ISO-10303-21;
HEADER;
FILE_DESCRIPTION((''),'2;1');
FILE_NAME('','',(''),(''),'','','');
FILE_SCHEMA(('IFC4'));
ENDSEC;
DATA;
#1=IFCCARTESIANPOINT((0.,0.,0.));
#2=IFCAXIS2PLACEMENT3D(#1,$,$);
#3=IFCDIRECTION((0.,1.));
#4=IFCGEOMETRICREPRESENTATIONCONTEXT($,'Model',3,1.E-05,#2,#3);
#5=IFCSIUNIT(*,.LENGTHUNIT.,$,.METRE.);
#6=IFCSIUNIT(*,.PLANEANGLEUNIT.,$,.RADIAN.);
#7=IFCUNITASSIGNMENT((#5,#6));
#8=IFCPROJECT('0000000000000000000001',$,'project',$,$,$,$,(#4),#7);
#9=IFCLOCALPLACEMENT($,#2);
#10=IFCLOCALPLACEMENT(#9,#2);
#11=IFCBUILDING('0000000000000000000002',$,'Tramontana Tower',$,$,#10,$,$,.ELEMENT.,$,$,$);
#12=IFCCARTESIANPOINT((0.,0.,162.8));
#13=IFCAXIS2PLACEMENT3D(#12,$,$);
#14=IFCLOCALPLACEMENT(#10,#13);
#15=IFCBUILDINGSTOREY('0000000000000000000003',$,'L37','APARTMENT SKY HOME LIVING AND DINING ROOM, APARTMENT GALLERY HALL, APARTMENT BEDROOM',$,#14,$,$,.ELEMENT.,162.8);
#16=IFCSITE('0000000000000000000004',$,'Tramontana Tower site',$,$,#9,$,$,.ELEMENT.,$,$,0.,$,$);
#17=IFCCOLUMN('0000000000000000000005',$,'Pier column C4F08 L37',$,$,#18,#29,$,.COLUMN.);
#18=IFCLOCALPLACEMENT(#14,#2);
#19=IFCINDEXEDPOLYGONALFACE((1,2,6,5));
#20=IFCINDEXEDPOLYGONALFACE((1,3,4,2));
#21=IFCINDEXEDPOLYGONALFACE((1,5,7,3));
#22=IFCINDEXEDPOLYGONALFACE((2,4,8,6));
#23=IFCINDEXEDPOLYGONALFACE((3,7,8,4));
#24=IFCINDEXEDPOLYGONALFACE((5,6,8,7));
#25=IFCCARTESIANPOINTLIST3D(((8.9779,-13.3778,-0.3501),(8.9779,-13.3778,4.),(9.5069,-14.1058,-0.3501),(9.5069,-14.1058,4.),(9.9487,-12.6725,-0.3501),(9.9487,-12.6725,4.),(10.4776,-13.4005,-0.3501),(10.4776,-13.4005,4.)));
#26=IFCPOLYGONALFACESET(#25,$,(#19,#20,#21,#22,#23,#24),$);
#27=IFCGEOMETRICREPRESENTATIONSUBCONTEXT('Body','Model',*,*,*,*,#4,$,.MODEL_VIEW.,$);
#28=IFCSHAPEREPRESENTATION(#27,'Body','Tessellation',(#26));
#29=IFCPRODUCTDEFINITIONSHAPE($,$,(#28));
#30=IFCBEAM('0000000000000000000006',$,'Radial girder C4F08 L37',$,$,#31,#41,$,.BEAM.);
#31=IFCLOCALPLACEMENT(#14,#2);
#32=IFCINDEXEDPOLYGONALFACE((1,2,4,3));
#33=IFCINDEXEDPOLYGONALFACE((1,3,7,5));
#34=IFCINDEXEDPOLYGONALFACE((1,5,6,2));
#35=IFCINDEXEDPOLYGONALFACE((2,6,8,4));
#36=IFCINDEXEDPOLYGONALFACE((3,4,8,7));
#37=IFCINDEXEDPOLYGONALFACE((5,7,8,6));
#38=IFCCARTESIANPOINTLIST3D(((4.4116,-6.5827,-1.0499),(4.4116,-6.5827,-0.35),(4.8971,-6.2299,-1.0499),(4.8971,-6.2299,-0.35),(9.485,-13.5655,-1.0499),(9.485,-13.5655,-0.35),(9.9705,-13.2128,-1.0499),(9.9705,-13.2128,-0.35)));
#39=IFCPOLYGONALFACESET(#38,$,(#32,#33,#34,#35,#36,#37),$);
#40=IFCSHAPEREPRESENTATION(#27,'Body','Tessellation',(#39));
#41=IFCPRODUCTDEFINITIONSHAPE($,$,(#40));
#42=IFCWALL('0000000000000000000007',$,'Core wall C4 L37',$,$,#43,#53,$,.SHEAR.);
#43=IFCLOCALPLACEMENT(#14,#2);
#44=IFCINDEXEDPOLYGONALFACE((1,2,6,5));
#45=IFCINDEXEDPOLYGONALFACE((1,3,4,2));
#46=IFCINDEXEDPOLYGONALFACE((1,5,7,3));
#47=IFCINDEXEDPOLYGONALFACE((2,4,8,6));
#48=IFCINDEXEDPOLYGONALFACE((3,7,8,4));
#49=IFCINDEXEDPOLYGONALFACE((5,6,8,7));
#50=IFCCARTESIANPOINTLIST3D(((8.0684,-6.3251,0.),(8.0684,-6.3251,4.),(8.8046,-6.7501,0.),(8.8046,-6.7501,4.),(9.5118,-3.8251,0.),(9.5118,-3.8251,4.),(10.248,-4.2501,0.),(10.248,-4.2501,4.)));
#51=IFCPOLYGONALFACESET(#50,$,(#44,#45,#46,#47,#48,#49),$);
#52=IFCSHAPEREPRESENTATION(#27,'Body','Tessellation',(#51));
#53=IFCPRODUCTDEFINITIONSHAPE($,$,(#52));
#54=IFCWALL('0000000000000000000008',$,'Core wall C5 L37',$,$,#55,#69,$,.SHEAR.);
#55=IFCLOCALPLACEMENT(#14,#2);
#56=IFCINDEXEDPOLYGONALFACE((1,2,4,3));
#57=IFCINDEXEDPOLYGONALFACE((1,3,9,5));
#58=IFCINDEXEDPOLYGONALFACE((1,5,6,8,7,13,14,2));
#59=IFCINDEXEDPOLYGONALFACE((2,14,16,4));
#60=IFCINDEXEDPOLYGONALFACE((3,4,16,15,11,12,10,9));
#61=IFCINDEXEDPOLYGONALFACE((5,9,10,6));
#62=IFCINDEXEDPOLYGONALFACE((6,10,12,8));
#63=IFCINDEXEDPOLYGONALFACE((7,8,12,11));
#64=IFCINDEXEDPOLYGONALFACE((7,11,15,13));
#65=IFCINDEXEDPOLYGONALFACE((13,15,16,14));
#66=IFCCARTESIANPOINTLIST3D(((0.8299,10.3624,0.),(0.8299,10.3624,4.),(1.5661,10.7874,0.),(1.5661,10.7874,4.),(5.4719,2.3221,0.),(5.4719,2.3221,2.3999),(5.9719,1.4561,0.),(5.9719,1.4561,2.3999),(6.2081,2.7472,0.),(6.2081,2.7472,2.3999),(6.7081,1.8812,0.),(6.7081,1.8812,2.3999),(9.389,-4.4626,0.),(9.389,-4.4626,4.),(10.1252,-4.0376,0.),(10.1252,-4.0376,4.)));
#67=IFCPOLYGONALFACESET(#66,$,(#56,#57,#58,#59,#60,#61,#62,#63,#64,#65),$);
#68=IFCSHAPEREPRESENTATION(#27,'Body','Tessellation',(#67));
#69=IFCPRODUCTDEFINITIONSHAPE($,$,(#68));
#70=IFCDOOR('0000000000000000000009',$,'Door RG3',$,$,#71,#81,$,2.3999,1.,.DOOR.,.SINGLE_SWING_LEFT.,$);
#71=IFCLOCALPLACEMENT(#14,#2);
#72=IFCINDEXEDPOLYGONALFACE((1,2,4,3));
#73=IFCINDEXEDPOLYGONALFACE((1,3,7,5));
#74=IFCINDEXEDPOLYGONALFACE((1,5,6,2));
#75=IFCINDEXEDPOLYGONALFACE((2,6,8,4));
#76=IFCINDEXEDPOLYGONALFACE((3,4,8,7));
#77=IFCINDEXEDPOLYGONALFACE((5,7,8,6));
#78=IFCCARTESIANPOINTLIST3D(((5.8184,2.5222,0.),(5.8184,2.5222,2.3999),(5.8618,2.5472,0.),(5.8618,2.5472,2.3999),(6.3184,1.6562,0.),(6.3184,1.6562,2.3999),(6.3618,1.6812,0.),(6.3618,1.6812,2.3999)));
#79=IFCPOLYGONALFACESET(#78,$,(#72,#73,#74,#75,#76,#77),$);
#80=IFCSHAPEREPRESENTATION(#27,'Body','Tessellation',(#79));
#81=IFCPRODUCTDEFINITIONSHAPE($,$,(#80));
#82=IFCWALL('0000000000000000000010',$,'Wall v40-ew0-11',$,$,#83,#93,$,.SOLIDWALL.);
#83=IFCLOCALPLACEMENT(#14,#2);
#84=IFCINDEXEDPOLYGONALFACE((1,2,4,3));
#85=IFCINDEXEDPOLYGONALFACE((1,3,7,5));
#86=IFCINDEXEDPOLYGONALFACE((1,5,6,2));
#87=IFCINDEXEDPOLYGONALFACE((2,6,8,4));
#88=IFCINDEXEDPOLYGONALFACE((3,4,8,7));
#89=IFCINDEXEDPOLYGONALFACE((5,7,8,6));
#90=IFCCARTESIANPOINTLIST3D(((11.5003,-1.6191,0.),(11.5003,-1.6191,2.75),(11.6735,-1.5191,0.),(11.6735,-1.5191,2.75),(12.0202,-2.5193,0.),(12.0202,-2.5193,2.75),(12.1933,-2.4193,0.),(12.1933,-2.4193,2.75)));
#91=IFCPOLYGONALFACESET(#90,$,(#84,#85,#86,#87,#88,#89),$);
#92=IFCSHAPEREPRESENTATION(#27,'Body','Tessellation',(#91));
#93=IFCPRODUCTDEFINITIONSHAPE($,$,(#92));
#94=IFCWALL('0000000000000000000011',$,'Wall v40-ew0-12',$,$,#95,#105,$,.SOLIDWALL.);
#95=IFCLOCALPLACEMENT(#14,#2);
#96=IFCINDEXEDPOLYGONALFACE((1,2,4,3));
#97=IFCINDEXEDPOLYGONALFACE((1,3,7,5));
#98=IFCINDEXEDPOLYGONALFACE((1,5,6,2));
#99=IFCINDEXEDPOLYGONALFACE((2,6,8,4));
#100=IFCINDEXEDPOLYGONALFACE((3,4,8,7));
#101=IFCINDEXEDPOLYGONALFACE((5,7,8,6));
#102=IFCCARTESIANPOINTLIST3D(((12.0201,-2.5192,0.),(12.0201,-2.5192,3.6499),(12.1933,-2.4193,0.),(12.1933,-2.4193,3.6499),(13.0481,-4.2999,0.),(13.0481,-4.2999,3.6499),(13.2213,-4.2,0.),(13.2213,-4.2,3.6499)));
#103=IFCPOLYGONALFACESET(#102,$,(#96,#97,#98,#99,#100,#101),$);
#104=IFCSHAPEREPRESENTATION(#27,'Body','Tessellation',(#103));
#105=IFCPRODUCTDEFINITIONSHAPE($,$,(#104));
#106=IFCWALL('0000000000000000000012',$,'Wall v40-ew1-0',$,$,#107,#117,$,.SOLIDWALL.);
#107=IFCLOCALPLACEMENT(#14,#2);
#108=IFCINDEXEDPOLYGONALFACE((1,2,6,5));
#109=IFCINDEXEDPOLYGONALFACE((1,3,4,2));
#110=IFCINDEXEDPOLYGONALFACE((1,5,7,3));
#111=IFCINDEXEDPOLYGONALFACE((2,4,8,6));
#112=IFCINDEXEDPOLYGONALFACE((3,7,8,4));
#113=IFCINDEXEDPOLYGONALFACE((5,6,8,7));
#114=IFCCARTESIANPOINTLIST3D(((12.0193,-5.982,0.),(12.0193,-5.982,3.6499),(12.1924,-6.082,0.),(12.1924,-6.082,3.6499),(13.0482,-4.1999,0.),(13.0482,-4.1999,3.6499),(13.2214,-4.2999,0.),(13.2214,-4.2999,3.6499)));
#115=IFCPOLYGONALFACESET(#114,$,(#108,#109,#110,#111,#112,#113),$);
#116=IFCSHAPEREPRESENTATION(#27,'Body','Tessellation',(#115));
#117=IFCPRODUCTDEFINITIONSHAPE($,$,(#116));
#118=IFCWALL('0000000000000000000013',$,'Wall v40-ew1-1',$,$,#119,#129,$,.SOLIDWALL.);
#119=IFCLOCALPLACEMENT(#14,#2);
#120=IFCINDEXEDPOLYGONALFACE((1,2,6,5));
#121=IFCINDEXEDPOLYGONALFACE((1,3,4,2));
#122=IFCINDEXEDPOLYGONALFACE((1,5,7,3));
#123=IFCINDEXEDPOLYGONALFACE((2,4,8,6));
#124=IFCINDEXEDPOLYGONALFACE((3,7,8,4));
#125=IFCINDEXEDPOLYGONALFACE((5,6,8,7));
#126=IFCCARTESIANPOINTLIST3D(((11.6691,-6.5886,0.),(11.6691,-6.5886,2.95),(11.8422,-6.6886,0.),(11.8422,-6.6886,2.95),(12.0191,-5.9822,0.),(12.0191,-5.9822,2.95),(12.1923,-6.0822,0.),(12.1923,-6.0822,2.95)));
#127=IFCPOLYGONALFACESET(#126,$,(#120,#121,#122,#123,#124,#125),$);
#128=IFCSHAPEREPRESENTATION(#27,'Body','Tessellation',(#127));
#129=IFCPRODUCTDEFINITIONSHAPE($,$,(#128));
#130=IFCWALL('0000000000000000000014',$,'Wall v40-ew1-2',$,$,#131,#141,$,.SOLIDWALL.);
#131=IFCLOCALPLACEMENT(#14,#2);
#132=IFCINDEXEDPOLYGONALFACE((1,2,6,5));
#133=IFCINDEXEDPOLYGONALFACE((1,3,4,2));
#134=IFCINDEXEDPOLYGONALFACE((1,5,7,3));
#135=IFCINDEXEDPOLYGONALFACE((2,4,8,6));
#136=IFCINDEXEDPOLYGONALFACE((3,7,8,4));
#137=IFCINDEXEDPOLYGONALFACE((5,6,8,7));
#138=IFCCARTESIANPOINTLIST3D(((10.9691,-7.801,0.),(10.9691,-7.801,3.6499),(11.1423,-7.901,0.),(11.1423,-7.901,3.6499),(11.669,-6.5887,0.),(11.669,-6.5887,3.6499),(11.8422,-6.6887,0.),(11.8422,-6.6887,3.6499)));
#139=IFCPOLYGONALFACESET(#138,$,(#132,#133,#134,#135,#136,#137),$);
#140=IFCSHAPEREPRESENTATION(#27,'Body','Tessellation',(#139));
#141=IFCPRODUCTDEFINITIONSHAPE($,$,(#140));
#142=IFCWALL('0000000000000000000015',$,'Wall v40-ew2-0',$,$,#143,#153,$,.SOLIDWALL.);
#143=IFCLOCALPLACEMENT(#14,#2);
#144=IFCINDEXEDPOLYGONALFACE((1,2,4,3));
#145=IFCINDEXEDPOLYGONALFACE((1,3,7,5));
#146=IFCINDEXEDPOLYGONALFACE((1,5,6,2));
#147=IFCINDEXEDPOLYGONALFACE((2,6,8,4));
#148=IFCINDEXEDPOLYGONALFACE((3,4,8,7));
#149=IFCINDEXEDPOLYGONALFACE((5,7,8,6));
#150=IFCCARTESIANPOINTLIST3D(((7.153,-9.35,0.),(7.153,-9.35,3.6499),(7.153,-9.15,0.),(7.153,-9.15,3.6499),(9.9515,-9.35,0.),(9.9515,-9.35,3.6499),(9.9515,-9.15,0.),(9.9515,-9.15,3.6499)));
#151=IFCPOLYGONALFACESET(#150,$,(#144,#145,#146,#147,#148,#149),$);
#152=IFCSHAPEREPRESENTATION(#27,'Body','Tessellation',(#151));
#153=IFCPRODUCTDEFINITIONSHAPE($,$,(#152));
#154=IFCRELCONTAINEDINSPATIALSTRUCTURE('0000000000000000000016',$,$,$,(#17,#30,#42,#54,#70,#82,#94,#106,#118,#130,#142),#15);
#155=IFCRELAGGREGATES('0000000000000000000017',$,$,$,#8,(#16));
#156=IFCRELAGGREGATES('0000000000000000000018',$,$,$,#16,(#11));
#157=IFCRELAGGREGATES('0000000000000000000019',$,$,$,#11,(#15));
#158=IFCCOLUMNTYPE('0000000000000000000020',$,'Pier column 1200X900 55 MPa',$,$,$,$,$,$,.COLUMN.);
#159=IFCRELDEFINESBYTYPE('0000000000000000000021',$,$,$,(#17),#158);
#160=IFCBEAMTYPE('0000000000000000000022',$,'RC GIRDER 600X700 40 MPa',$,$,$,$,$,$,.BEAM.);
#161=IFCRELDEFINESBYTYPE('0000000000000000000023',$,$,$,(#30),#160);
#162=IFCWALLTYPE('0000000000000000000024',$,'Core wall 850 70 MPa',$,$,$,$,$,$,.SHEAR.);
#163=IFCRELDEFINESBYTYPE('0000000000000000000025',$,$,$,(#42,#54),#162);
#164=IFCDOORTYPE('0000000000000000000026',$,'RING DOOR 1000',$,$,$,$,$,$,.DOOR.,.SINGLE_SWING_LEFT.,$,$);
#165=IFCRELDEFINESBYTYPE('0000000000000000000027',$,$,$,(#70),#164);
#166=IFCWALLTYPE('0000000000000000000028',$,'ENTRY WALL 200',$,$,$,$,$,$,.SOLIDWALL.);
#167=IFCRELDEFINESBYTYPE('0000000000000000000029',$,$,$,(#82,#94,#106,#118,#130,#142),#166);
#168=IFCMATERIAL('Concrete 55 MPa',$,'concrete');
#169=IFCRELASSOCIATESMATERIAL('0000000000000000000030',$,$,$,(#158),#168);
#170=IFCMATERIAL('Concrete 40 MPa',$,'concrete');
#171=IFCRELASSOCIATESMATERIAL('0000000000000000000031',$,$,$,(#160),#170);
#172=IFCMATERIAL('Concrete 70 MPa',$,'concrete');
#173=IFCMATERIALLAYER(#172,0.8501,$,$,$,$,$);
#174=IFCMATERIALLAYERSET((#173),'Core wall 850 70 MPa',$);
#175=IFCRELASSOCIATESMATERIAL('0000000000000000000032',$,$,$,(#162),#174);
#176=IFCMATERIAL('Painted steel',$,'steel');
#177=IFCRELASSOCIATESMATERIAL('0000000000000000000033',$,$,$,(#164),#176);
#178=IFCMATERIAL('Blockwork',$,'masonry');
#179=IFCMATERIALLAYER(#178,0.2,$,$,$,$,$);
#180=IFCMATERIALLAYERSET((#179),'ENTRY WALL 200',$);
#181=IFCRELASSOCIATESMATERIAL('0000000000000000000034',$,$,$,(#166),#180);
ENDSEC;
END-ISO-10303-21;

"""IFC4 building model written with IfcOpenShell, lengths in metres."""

from ifc_helpers import new_model, si_unit, direction, frame, frame_2d, origin, origin_2d, place, context, subcontext, project, spatial, rectangle, extrude, material, layer, layer_set, material_profile, profile_set, type_object, element, fill, save


model = new_model("IFC4")

# Units and contexts
model_context = context("Model", 3, precision=1e-05, world=origin(), true_north=direction((0.0, 1.0)))
body_context = subcontext(model_context, "Body", "Model", "MODEL_VIEW")
ifc_project = project(units=[si_unit("LENGTHUNIT", "METRE"), si_unit("PLANEANGLEUNIT", "RADIAN")], contexts=[model_context])

# Site, building, storey
site_placement = place(None, origin())
site = spatial("IfcSite", under=ifc_project, at=site_placement, Name="Tramontana Tower site", CompositionType="ELEMENT", RefElevation=0.0)
building_placement = place(site_placement, origin())
building = spatial("IfcBuilding", under=site, at=building_placement, Name="Tramontana Tower", CompositionType="ELEMENT")
storey_placement = place(building_placement, frame((0.0, 0.0, 162.8)))
storey = spatial("IfcBuildingStorey", under=building, at=storey_placement, Name="L37", Description="APARTMENT SKY HOME LIVING AND DINING ROOM, APARTMENT GALLERY HALL, APARTMENT BEDROOM", CompositionType="ELEMENT", Elevation=162.8)

# Column
ifc_material_1 = material(Name="Concrete 55 MPa", Category="concrete")
ifc_material_profile_1 = material_profile(ifc_material_1, rectangle(XDim=1.2, YDim=0.8999, at=origin_2d()), Name="Pier column 1200X900 55 MPa")
ifc_profile_set_1 = profile_set([ifc_material_profile_1], Name="Concrete 55 MPa")
column_type = type_object("IfcColumnType", Name="Pier column 1200X900 55 MPa", PredefinedType="COLUMN", material=ifc_profile_set_1)
column_placement = place(storey_placement, frame((9.7278, -13.3892, -0.3501), z_axis=(0.0, 0.0, 1.0), x_axis=(0.809017, 0.587785, 0.0)))
element("IfcColumn", 1, at=column_placement, inside=storey, type_object=column_type, Name="Pier column C4F08 L37", PredefinedType="COLUMN", context=body_context, shape_type="SweptSolid", body=[
    extrude(rectangle(XDim=1.2, YDim=0.8999, at=origin_2d()), origin(), (0.0, 0.0, 1.0), 4.3501),
])

# Beam
ifc_material_2 = material(Name="Concrete 40 MPa", Category="concrete")
ifc_material_profile_2 = material_profile(ifc_material_2, rectangle(XDim=0.6001, YDim=0.7, at=origin_2d()), Name="RC GIRDER 600X700 40 MPa")
ifc_profile_set_2 = profile_set([ifc_material_profile_2], Name="Concrete 40 MPa")
beam_type = type_object("IfcBeamType", Name="RC GIRDER 600X700 40 MPa", PredefinedType="BEAM", material=ifc_profile_set_2)
beam_placement = place(storey_placement, frame((9.7278, -13.3892, -0.7), z_axis=(-0.587793, 0.809011, 0.0), x_axis=(-0.809011, -0.587793, 0.0)))
element("IfcBeam", 2, at=beam_placement, inside=storey, type_object=beam_type, Name="Radial girder C4F08 L37", PredefinedType="BEAM", context=body_context, shape_type="SweptSolid", body=[
    extrude(rectangle(XDim=0.6001, YDim=0.7, at=origin_2d()), origin(), (0.0, 0.0, 1.0), 8.6313),
])

# Wall
ifc_material_3 = material(Name="Concrete 70 MPa", Category="concrete")
ifc_layer_1 = layer(ifc_material_3, 0.8501)
ifc_layer_set_1 = layer_set([ifc_layer_1], Name="Core wall 850 70 MPa")
wall_type_1 = type_object("IfcWallType", Name="Core wall 850 70 MPa", PredefinedType="SHEAR", material=ifc_layer_set_1)
wall_1_placement = place(storey_placement, frame((8.4365, -6.5376, 0.0), z_axis=(0.0, 0.0, 1.0), x_axis=(0.499996, 0.866028, 0.0)))
element("IfcWall", 3, at=wall_1_placement, inside=storey, type_object=wall_type_1, Name="Core wall C4 L37", PredefinedType="SHEAR", context=body_context, shape_type="SweptSolid", body=[
    extrude(rectangle(XDim=2.8867, YDim=0.8501, at=frame_2d((1.4434, 0.0))), origin(), (0.0, 0.0, 1.0), 4.0),
])

# Wall, opening, door
wall_2_placement = place(storey_placement, frame((9.7571, -4.25, 0.0), z_axis=(0.0, 0.0, 1.0), x_axis=(-0.499995, 0.866028, 0.0)))
wall_2 = element("IfcWall", 4, at=wall_2_placement, inside=storey, type_object=wall_type_1, Name="Core wall C5 L37", PredefinedType="SHEAR", context=body_context, shape_type="SweptSolid", body=[
    extrude(rectangle(XDim=17.1184, YDim=0.8501, at=frame_2d((8.5591, 0.0))), origin(), (0.0, 0.0, 1.0), 4.0),
])
opening_1_placement = place(wall_2_placement, frame((6.8342, 0.0, 0.0)))
opening_1 = element("IfcOpeningElement", 5, at=opening_1_placement, cuts=wall_2, PredefinedType="OPENING", context=body_context, shape_type="SweptSolid", body=[
    extrude(rectangle(XDim=1.0, YDim=2.3999, at=frame_2d((0.5, 1.2))), frame((0.0, 0.4351, 0.0), z_axis=(0.0, -1.0, 0.0), x_axis=(1.0, 0.0, 0.0)), (0.0, 0.0, 1.0), 0.8701),
])
ifc_material_4 = material(Name="Painted steel", Category="steel")
door_type_1 = type_object("IfcDoorType", Name="RING DOOR 1000", OperationType="SINGLE_SWING_LEFT", PredefinedType="DOOR", material=ifc_material_4)
door_1_placement = place(opening_1_placement, origin())
door_1 = element("IfcDoor", 6, at=door_1_placement, inside=storey, type_object=door_type_1, Name="Door RG3", OperationType="SINGLE_SWING_LEFT", OverallHeight=2.3999, OverallWidth=1.0, PredefinedType="DOOR", context=body_context, shape_type="SweptSolid", body=[
    extrude(rectangle(XDim=1.0, YDim=2.3999, at=frame_2d((0.5, 1.2))), frame((0.0, 0.0249, 0.0), z_axis=(0.0, -1.0, 0.0), x_axis=(1.0, 0.0, 0.0)), (0.0, 0.0, 1.0), 0.05),
])
fill(opening_1, door_1)

# Walls
ifc_material_5 = material(Name="Blockwork", Category="masonry")
ifc_layer_2 = layer(ifc_material_5, 0.2)
ifc_layer_set_2 = layer_set([ifc_layer_2], Name="ENTRY WALL 200")
wall_type_2 = type_object("IfcWallType", Name="ENTRY WALL 200", PredefinedType="SOLIDWALL", material=ifc_layer_set_2)
wall_3_placement = place(storey_placement, frame((11.5869, -1.5691, 0.0), z_axis=(0.0, 0.0, 1.0), x_axis=(0.500055, -0.865994, 0.0)))
element("IfcWall", 7, at=wall_3_placement, inside=storey, type_object=wall_type_2, Name="Wall v40-ew0-11", PredefinedType="SOLIDWALL", context=body_context, shape_type="SweptSolid", body=[
    extrude(rectangle(XDim=1.0396, YDim=0.2, at=frame_2d((0.5198, 0.0))), origin(), (0.0, 0.0, 1.0), 2.75),
])
wall_4_placement = place(storey_placement, frame((12.1067, -2.4692, 0.0), z_axis=(0.0, 0.0, 1.0), x_axis=(0.499983, -0.866035, 0.0)))
element("IfcWall", 8, at=wall_4_placement, inside=storey, type_object=wall_type_2, Name="Wall v40-ew0-12", PredefinedType="SOLIDWALL", context=body_context, shape_type="SweptSolid", body=[
    extrude(rectangle(XDim=2.0562, YDim=0.2, at=frame_2d((1.0281, 0.0))), origin(), (0.0, 0.0, 1.0), 3.6499),
])
wall_5_placement = place(storey_placement, frame((13.1348, -4.25, 0.0), z_axis=(0.0, 0.0, 1.0), x_axis=(-0.500031, -0.866008, 0.0)))
element("IfcWall", 9, at=wall_5_placement, inside=storey, type_object=wall_type_2, Name="Wall v40-ew1-0", PredefinedType="SOLIDWALL", context=body_context, shape_type="SweptSolid", body=[
    extrude(rectangle(XDim=2.0579, YDim=0.2, at=frame_2d((1.0288, 0.0))), origin(), (0.0, 0.0, 1.0), 3.6499),
])
wall_6_placement = place(storey_placement, frame((12.1057, -6.0322, 0.0), z_axis=(0.0, 0.0, 1.0), x_axis=(-0.499964, -0.866046, 0.0)))
element("IfcWall", 10, at=wall_6_placement, inside=storey, type_object=wall_type_2, Name="Wall v40-ew1-1", PredefinedType="SOLIDWALL", context=body_context, shape_type="SweptSolid", body=[
    extrude(rectangle(XDim=0.7002, YDim=0.2, at=frame_2d((0.3501, 0.0))), origin(), (0.0, 0.0, 1.0), 2.95),
])
wall_7_placement = place(storey_placement, frame((11.7556, -6.6387, 0.0), z_axis=(0.0, 0.0, 1.0), x_axis=(-0.499984, -0.866035, 0.0)))
element("IfcWall", 11, at=wall_7_placement, inside=storey, type_object=wall_type_2, Name="Wall v40-ew1-2", PredefinedType="SOLIDWALL", context=body_context, shape_type="SweptSolid", body=[
    extrude(rectangle(XDim=1.3999, YDim=0.2, at=frame_2d((0.7, 0.0))), origin(), (0.0, 0.0, 1.0), 3.6499),
])
wall_8_placement = place(storey_placement, frame((9.9517, -9.25, 0.0), z_axis=(0.0, 0.0, 1.0), x_axis=(-1.0, 0.0, 0.0)))
element("IfcWall", 12, at=wall_8_placement, inside=storey, type_object=wall_type_2, Name="Wall v40-ew2-0", PredefinedType="SOLIDWALL", context=body_context, shape_type="SweptSolid", body=[
    extrude(rectangle(XDim=2.7986, YDim=0.2, at=frame_2d((1.3994, 0.0))), origin(), (0.0, 0.0, 1.0), 3.6499),
])

save(model, "model.ifc")
